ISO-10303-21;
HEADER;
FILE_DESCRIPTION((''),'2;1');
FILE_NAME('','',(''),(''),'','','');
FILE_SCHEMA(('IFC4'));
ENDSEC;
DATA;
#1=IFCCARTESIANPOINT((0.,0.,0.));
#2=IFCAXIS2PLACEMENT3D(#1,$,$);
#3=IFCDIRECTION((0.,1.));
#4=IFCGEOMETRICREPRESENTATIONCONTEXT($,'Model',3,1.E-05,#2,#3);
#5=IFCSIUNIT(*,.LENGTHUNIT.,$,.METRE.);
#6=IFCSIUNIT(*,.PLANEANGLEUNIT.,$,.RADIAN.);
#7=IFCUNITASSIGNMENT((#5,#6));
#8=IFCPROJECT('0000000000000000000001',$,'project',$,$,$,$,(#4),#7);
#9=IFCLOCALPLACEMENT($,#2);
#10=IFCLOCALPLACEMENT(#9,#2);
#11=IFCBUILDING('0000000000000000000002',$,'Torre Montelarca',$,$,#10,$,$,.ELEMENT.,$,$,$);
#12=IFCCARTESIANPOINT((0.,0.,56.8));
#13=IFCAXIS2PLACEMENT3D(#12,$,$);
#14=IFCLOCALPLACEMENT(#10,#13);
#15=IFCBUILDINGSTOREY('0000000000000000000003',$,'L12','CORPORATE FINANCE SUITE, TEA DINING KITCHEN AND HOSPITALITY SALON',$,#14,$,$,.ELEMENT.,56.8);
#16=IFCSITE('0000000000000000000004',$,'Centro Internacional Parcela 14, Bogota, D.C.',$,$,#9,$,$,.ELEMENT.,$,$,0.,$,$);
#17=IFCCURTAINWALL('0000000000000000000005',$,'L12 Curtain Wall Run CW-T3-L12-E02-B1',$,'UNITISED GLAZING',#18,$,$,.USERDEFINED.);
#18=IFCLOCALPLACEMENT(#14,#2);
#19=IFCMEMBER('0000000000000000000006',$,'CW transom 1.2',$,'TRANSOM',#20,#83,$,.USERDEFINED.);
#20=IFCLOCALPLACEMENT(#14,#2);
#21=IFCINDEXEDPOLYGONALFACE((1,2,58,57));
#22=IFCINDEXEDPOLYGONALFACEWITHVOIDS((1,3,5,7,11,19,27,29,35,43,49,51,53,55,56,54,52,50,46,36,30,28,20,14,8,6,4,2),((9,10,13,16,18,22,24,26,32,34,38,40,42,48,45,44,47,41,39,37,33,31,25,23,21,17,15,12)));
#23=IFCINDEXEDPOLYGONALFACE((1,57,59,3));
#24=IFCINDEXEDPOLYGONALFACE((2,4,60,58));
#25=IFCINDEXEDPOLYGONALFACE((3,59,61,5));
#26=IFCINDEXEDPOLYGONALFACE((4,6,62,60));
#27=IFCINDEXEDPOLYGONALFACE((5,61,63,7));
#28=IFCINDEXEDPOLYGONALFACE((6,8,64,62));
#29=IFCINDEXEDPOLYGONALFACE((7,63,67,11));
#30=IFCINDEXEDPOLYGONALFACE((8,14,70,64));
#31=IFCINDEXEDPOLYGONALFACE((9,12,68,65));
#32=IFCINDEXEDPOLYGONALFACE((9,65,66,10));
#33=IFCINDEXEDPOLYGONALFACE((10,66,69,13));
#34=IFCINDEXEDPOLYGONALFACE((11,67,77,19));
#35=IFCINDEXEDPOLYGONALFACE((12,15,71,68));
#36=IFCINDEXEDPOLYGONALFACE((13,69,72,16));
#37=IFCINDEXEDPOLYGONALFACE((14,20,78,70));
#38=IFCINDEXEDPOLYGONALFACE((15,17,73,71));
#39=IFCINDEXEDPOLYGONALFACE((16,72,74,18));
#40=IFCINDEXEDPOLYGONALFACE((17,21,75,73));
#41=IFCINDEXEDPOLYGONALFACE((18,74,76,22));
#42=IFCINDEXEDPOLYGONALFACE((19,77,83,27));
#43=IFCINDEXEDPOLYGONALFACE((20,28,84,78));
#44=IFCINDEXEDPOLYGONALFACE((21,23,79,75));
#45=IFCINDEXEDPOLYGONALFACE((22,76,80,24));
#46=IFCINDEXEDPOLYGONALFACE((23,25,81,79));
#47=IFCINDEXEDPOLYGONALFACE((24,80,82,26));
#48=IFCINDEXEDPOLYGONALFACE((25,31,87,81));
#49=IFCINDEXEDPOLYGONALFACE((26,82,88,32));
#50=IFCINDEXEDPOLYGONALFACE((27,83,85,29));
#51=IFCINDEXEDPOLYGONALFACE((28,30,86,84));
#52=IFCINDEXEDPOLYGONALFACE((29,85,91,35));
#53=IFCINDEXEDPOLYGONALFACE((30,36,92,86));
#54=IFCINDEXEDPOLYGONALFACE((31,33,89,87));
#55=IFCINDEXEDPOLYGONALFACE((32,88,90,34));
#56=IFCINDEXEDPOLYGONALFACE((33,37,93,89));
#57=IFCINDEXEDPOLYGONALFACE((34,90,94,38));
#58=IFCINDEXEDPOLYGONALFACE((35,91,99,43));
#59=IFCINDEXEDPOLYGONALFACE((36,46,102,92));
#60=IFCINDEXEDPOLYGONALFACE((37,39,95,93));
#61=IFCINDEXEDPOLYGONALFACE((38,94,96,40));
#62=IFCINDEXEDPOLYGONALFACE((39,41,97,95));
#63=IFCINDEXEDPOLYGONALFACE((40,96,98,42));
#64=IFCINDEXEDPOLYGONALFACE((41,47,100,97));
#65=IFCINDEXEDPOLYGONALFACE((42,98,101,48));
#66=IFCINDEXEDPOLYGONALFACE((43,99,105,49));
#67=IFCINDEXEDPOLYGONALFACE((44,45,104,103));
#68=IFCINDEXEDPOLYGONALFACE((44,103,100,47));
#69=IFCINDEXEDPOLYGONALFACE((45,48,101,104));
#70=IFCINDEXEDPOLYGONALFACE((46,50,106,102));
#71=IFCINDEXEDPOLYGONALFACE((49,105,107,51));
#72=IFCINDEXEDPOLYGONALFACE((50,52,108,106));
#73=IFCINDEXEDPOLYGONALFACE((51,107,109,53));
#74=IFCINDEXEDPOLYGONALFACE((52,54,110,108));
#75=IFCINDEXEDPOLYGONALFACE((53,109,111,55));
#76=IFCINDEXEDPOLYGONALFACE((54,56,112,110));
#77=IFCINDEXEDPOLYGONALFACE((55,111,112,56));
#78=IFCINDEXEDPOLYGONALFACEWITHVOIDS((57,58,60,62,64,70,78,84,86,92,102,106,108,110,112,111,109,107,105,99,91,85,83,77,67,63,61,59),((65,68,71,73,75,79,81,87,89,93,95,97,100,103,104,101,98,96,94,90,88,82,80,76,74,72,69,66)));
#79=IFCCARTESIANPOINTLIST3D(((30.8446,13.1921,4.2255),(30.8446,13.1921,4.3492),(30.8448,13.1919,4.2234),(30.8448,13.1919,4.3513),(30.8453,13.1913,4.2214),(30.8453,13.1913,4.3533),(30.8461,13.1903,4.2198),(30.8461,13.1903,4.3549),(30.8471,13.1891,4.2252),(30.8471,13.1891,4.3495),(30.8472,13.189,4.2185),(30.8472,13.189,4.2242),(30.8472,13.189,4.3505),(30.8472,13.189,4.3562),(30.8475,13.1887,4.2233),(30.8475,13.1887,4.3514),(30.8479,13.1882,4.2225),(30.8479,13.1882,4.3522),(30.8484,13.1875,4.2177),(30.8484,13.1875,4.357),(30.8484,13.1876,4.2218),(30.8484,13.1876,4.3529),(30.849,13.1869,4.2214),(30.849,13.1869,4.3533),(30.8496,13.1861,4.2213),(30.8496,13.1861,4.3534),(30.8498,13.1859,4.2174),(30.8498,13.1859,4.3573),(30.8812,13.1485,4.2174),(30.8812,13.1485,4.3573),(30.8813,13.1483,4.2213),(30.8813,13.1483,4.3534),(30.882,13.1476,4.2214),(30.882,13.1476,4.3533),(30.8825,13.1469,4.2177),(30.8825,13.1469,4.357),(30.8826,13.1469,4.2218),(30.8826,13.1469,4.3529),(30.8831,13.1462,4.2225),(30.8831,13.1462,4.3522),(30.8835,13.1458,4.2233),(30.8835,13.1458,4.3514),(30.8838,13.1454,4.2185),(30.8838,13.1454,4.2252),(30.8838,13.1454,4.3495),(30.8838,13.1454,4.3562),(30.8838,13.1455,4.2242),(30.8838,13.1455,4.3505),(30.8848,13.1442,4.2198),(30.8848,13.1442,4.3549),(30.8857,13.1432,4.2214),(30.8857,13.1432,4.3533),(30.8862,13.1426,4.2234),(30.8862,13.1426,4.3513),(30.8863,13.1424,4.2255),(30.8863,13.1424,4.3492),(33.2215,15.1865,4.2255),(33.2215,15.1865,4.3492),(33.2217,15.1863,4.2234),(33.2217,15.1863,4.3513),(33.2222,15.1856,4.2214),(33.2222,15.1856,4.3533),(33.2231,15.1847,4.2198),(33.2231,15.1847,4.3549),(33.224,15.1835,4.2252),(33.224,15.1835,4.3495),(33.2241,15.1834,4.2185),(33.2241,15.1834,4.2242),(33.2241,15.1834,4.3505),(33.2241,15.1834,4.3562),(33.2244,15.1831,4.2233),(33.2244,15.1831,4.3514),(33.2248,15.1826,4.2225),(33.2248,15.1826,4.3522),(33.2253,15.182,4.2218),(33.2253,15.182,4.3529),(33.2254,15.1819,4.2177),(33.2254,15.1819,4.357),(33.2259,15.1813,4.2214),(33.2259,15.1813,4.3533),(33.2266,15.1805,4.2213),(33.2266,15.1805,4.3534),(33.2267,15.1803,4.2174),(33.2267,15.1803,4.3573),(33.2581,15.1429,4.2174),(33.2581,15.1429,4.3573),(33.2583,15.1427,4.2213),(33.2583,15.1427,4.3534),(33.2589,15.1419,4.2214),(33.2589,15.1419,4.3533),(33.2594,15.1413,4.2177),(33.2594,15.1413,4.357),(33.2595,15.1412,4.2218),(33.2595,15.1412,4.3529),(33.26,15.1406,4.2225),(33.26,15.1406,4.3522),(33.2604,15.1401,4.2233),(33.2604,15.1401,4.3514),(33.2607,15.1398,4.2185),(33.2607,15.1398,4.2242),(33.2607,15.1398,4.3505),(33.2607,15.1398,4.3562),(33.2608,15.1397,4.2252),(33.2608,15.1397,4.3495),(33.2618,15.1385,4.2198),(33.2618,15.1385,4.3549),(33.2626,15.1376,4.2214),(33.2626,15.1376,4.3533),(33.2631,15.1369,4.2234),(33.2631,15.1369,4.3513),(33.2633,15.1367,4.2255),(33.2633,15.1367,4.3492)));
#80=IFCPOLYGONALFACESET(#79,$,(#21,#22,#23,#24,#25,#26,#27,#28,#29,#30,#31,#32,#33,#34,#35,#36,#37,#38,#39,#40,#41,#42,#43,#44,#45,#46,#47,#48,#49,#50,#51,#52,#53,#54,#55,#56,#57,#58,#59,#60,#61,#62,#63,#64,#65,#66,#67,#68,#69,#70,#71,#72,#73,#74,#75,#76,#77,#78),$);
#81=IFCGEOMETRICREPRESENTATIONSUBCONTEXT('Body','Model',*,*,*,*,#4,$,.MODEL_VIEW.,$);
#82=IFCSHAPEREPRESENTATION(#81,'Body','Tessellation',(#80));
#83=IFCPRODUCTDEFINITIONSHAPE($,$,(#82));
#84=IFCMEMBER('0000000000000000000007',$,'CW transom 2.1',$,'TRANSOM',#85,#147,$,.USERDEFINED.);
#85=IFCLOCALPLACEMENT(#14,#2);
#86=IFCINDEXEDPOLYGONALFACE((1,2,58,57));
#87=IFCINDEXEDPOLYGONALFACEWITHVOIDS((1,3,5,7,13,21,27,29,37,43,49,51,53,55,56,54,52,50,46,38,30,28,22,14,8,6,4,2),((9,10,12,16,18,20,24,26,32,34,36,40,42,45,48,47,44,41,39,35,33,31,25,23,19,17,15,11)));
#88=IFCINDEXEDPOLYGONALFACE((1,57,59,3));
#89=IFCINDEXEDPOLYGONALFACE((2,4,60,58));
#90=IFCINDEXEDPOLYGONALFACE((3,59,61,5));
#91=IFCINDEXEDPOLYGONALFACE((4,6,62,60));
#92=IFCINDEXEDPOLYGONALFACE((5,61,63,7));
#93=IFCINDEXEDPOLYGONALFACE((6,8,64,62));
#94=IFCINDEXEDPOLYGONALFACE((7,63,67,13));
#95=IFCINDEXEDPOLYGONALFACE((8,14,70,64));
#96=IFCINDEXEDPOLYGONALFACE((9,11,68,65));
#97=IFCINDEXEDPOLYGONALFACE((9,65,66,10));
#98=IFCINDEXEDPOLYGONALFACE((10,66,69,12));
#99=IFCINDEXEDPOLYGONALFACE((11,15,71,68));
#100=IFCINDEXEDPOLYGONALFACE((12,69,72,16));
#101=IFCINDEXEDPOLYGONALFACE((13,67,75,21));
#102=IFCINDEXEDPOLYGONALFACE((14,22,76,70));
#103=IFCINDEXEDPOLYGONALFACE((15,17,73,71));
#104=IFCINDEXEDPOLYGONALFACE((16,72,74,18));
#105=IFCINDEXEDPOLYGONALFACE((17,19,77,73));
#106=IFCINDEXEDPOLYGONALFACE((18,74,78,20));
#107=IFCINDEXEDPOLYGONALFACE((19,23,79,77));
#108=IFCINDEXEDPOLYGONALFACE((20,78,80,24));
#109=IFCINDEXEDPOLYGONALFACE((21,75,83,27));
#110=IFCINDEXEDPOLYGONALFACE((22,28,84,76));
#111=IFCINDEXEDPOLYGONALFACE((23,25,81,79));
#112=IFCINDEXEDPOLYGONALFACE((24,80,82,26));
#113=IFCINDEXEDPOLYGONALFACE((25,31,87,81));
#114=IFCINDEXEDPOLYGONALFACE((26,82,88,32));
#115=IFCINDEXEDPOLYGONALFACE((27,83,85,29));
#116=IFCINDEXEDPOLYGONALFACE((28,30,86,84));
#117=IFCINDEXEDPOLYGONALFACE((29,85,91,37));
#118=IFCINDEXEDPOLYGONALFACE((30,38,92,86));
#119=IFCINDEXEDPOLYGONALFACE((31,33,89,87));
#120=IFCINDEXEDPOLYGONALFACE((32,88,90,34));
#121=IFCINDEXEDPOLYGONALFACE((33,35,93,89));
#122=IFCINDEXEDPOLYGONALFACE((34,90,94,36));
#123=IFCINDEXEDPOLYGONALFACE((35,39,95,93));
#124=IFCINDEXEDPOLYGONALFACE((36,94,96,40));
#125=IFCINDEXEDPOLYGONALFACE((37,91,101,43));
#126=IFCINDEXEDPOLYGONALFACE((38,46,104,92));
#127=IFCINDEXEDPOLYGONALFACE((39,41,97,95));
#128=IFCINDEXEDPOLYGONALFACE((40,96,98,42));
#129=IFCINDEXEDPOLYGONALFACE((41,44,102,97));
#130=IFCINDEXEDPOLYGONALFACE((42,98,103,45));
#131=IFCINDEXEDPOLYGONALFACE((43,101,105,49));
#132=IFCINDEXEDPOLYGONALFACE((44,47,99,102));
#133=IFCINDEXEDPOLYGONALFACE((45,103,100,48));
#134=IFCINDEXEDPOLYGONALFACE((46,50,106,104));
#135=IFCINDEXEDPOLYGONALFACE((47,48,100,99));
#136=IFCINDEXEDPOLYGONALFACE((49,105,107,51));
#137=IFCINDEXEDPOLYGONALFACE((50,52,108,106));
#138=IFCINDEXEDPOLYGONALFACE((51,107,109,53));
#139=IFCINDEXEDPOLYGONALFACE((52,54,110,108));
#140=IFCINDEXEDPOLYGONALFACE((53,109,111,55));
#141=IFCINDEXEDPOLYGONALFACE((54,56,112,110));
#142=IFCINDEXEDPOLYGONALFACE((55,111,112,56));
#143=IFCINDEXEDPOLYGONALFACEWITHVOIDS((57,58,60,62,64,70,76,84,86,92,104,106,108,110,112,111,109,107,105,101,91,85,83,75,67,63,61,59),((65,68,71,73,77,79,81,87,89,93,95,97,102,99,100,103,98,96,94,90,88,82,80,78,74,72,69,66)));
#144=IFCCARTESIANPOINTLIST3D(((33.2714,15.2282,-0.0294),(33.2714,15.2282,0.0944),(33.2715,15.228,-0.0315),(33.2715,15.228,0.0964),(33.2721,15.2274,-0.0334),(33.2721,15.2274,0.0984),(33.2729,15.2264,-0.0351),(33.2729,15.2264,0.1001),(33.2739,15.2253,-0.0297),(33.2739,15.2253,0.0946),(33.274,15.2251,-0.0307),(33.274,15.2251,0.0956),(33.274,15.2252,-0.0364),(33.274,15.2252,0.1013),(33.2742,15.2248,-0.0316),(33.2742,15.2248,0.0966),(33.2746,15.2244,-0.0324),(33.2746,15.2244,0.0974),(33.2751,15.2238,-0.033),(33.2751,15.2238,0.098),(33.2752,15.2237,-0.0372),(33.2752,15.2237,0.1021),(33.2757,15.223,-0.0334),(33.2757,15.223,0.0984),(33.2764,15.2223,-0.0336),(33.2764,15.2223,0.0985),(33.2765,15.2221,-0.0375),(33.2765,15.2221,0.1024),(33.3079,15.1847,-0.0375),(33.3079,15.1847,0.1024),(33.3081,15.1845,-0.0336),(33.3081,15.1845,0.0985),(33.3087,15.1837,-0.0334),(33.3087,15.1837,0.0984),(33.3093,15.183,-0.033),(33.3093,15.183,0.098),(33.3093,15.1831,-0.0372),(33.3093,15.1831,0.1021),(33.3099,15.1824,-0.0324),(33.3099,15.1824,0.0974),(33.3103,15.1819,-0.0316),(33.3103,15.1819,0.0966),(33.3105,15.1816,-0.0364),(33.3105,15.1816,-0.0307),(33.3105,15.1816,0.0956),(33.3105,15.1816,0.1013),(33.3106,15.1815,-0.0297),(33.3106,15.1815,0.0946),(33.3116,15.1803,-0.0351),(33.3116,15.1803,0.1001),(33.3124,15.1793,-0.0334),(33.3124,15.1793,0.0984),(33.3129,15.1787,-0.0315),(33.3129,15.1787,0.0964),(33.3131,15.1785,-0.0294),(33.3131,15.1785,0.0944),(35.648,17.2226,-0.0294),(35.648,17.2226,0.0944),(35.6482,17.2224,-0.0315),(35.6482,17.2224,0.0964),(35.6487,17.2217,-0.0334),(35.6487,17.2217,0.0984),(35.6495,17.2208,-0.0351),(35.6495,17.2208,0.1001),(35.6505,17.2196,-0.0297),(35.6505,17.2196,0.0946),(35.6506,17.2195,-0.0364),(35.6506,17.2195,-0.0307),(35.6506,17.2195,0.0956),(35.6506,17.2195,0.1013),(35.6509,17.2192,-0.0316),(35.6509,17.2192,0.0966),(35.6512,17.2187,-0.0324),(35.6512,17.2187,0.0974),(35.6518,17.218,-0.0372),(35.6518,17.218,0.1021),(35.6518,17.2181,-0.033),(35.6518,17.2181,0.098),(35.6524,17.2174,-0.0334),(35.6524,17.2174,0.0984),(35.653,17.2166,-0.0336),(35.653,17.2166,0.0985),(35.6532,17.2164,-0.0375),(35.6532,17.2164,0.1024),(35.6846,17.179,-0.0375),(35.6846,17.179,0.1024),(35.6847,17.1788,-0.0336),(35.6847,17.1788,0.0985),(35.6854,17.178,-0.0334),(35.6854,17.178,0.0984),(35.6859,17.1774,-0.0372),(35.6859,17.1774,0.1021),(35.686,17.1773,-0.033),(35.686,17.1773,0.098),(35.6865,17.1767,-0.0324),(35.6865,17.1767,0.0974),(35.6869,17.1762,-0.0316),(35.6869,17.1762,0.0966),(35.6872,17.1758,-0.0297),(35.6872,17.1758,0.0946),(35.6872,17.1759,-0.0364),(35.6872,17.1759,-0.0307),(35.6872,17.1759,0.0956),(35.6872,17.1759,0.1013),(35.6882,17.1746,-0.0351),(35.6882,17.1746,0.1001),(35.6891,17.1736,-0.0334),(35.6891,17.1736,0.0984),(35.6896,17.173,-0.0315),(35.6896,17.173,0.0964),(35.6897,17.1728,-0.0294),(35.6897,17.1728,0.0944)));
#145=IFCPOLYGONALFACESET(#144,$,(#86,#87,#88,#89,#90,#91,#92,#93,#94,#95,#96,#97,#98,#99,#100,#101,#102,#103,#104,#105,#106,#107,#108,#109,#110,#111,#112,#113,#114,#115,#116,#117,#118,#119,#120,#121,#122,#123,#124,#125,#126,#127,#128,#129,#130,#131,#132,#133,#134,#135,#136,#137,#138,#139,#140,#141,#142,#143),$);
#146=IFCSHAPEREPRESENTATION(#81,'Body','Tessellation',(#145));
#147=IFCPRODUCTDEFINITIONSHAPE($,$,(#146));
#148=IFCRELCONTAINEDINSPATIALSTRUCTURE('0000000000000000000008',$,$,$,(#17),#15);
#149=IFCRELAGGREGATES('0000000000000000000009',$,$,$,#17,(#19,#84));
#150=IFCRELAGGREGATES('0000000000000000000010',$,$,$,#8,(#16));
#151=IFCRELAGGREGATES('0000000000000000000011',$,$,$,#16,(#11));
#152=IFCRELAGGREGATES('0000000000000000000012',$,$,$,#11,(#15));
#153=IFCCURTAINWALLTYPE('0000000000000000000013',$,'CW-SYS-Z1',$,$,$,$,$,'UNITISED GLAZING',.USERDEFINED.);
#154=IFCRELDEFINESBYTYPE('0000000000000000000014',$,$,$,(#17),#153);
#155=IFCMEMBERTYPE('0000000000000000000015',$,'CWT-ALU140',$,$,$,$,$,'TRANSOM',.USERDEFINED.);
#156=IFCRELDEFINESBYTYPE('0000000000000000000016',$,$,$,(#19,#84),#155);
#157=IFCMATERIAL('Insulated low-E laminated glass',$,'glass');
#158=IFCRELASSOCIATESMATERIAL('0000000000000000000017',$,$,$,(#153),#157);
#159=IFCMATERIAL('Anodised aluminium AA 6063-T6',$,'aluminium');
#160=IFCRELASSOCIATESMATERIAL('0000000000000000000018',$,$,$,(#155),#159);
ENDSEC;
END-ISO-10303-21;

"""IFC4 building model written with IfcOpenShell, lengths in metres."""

from ifc_helpers import new_model, si_unit, direction, frame, origin, origin_2d, place, context, subcontext, project, spatial, hollow_rectangle, extrude, source, transform, mapped, material, material_profile, profile_set, type_object, element, aggregate, save


model = new_model("IFC4")

# Units and contexts
model_context = context("Model", 3, precision=1e-05, world=origin(), true_north=direction((0.0, 1.0)))
body_context = subcontext(model_context, "Body", "Model", "MODEL_VIEW")
ifc_project = project(units=[si_unit("LENGTHUNIT", "METRE"), si_unit("PLANEANGLEUNIT", "RADIAN")], contexts=[model_context])

# Site, building, storey
site_placement = place(None, origin())
site = spatial("IfcSite", under=ifc_project, at=site_placement, Name="Centro Internacional Parcela 14, Bogota, D.C.", CompositionType="ELEMENT", RefElevation=0.0)
building_placement = place(site_placement, origin())
building = spatial("IfcBuilding", under=site, at=building_placement, Name="Torre Montelarca", CompositionType="ELEMENT")
storey_placement = place(building_placement, frame((0.0, 0.0, 56.8)))
storey = spatial("IfcBuildingStorey", under=building, at=storey_placement, Name="L12", Description="CORPORATE FINANCE SUITE, TEA DINING KITCHEN AND HOSPITALITY SALON", CompositionType="ELEMENT", Elevation=56.8)

# Shared definitions
ifc_material_1 = material(Name="Insulated low-E laminated glass", Category="glass")
curtain_wall_type = type_object("IfcCurtainWallType", Name="CW-SYS-Z1", ElementType="UNITISED GLAZING", PredefinedType="USERDEFINED", material=ifc_material_1)
ifc_material_2 = material(Name="Anodised aluminium AA 6063-T6", Category="aluminium")

# Curtain wall
curtain_wall_1_placement = place(storey_placement, origin())
curtain_wall_1 = element("IfcCurtainWall", 1, at=curtain_wall_1_placement, inside=storey, type_object=curtain_wall_type, Name="L12 Curtain Wall Run CW-T3-L12-E02-B1", ObjectType="UNITISED GLAZING", PredefinedType="USERDEFINED")

# Members
ifc_material_profile_1 = material_profile(ifc_material_2, hollow_rectangle(XDim=0.0649, YDim=0.1399, WallThickness=0.0039, InnerFilletRadius=0.0039, OuterFilletRadius=0.0081, at=origin_2d()), Name="ALU65X140X4", Category="aluminium")
ifc_profile_set_1 = profile_set([ifc_material_profile_1], Name="Anodised aluminium AA 6063-T6")
member_type_1 = type_object("IfcMemberType", Name="CWT-ALU140", ElementType="TRANSOM", PredefinedType="USERDEFINED", material=ifc_profile_set_1)
shared_shape_1 = source(origin(), body_context, "Body", "SweptSolid", [
    extrude(hollow_rectangle(XDim=0.0649, YDim=0.1399, WallThickness=0.0039, InnerFilletRadius=0.0039, OuterFilletRadius=0.0081, at=origin_2d()), origin(), (0.0, 0.0, 1.0), 3.1028),
])
member_1_placement = place(storey_placement, frame((30.8655, 13.1672, 4.2874), z_axis=(0.766063, 0.642766, 0.0), x_axis=(-0.642766, 0.766063, 0.0)))
member_1 = element("IfcMember", 2, at=member_1_placement, type_object=member_type_1, Name="CW transom 1.2", ObjectType="TRANSOM", PredefinedType="USERDEFINED", context=body_context, shape_type="MappedRepresentation", body=[
    mapped(shared_shape_1, transform((0.0, 0.0, 0.0), scale=1.0)),
])
shared_shape_2 = source(origin(), body_context, "Body", "SweptSolid", [
    extrude(hollow_rectangle(XDim=0.0649, YDim=0.1399, WallThickness=0.0039, InnerFilletRadius=0.0039, OuterFilletRadius=0.0081, at=origin_2d()), origin(), (0.0, 0.0, 1.0), 3.1025),
])
member_2_placement = place(storey_placement, frame((33.2922, 15.2034, 0.0325), z_axis=(0.76603, 0.642804, 0.0), x_axis=(-0.642804, 0.76603, 0.0)))
member_2 = element("IfcMember", 3, at=member_2_placement, type_object=member_type_1, Name="CW transom 2.1", ObjectType="TRANSOM", PredefinedType="USERDEFINED", context=body_context, shape_type="MappedRepresentation", body=[
    mapped(shared_shape_2, transform((0.0, 0.0, 0.0), scale=1.0)),
])

aggregate(curtain_wall_1, [member_1, member_2])

save(model, "model.ifc")
